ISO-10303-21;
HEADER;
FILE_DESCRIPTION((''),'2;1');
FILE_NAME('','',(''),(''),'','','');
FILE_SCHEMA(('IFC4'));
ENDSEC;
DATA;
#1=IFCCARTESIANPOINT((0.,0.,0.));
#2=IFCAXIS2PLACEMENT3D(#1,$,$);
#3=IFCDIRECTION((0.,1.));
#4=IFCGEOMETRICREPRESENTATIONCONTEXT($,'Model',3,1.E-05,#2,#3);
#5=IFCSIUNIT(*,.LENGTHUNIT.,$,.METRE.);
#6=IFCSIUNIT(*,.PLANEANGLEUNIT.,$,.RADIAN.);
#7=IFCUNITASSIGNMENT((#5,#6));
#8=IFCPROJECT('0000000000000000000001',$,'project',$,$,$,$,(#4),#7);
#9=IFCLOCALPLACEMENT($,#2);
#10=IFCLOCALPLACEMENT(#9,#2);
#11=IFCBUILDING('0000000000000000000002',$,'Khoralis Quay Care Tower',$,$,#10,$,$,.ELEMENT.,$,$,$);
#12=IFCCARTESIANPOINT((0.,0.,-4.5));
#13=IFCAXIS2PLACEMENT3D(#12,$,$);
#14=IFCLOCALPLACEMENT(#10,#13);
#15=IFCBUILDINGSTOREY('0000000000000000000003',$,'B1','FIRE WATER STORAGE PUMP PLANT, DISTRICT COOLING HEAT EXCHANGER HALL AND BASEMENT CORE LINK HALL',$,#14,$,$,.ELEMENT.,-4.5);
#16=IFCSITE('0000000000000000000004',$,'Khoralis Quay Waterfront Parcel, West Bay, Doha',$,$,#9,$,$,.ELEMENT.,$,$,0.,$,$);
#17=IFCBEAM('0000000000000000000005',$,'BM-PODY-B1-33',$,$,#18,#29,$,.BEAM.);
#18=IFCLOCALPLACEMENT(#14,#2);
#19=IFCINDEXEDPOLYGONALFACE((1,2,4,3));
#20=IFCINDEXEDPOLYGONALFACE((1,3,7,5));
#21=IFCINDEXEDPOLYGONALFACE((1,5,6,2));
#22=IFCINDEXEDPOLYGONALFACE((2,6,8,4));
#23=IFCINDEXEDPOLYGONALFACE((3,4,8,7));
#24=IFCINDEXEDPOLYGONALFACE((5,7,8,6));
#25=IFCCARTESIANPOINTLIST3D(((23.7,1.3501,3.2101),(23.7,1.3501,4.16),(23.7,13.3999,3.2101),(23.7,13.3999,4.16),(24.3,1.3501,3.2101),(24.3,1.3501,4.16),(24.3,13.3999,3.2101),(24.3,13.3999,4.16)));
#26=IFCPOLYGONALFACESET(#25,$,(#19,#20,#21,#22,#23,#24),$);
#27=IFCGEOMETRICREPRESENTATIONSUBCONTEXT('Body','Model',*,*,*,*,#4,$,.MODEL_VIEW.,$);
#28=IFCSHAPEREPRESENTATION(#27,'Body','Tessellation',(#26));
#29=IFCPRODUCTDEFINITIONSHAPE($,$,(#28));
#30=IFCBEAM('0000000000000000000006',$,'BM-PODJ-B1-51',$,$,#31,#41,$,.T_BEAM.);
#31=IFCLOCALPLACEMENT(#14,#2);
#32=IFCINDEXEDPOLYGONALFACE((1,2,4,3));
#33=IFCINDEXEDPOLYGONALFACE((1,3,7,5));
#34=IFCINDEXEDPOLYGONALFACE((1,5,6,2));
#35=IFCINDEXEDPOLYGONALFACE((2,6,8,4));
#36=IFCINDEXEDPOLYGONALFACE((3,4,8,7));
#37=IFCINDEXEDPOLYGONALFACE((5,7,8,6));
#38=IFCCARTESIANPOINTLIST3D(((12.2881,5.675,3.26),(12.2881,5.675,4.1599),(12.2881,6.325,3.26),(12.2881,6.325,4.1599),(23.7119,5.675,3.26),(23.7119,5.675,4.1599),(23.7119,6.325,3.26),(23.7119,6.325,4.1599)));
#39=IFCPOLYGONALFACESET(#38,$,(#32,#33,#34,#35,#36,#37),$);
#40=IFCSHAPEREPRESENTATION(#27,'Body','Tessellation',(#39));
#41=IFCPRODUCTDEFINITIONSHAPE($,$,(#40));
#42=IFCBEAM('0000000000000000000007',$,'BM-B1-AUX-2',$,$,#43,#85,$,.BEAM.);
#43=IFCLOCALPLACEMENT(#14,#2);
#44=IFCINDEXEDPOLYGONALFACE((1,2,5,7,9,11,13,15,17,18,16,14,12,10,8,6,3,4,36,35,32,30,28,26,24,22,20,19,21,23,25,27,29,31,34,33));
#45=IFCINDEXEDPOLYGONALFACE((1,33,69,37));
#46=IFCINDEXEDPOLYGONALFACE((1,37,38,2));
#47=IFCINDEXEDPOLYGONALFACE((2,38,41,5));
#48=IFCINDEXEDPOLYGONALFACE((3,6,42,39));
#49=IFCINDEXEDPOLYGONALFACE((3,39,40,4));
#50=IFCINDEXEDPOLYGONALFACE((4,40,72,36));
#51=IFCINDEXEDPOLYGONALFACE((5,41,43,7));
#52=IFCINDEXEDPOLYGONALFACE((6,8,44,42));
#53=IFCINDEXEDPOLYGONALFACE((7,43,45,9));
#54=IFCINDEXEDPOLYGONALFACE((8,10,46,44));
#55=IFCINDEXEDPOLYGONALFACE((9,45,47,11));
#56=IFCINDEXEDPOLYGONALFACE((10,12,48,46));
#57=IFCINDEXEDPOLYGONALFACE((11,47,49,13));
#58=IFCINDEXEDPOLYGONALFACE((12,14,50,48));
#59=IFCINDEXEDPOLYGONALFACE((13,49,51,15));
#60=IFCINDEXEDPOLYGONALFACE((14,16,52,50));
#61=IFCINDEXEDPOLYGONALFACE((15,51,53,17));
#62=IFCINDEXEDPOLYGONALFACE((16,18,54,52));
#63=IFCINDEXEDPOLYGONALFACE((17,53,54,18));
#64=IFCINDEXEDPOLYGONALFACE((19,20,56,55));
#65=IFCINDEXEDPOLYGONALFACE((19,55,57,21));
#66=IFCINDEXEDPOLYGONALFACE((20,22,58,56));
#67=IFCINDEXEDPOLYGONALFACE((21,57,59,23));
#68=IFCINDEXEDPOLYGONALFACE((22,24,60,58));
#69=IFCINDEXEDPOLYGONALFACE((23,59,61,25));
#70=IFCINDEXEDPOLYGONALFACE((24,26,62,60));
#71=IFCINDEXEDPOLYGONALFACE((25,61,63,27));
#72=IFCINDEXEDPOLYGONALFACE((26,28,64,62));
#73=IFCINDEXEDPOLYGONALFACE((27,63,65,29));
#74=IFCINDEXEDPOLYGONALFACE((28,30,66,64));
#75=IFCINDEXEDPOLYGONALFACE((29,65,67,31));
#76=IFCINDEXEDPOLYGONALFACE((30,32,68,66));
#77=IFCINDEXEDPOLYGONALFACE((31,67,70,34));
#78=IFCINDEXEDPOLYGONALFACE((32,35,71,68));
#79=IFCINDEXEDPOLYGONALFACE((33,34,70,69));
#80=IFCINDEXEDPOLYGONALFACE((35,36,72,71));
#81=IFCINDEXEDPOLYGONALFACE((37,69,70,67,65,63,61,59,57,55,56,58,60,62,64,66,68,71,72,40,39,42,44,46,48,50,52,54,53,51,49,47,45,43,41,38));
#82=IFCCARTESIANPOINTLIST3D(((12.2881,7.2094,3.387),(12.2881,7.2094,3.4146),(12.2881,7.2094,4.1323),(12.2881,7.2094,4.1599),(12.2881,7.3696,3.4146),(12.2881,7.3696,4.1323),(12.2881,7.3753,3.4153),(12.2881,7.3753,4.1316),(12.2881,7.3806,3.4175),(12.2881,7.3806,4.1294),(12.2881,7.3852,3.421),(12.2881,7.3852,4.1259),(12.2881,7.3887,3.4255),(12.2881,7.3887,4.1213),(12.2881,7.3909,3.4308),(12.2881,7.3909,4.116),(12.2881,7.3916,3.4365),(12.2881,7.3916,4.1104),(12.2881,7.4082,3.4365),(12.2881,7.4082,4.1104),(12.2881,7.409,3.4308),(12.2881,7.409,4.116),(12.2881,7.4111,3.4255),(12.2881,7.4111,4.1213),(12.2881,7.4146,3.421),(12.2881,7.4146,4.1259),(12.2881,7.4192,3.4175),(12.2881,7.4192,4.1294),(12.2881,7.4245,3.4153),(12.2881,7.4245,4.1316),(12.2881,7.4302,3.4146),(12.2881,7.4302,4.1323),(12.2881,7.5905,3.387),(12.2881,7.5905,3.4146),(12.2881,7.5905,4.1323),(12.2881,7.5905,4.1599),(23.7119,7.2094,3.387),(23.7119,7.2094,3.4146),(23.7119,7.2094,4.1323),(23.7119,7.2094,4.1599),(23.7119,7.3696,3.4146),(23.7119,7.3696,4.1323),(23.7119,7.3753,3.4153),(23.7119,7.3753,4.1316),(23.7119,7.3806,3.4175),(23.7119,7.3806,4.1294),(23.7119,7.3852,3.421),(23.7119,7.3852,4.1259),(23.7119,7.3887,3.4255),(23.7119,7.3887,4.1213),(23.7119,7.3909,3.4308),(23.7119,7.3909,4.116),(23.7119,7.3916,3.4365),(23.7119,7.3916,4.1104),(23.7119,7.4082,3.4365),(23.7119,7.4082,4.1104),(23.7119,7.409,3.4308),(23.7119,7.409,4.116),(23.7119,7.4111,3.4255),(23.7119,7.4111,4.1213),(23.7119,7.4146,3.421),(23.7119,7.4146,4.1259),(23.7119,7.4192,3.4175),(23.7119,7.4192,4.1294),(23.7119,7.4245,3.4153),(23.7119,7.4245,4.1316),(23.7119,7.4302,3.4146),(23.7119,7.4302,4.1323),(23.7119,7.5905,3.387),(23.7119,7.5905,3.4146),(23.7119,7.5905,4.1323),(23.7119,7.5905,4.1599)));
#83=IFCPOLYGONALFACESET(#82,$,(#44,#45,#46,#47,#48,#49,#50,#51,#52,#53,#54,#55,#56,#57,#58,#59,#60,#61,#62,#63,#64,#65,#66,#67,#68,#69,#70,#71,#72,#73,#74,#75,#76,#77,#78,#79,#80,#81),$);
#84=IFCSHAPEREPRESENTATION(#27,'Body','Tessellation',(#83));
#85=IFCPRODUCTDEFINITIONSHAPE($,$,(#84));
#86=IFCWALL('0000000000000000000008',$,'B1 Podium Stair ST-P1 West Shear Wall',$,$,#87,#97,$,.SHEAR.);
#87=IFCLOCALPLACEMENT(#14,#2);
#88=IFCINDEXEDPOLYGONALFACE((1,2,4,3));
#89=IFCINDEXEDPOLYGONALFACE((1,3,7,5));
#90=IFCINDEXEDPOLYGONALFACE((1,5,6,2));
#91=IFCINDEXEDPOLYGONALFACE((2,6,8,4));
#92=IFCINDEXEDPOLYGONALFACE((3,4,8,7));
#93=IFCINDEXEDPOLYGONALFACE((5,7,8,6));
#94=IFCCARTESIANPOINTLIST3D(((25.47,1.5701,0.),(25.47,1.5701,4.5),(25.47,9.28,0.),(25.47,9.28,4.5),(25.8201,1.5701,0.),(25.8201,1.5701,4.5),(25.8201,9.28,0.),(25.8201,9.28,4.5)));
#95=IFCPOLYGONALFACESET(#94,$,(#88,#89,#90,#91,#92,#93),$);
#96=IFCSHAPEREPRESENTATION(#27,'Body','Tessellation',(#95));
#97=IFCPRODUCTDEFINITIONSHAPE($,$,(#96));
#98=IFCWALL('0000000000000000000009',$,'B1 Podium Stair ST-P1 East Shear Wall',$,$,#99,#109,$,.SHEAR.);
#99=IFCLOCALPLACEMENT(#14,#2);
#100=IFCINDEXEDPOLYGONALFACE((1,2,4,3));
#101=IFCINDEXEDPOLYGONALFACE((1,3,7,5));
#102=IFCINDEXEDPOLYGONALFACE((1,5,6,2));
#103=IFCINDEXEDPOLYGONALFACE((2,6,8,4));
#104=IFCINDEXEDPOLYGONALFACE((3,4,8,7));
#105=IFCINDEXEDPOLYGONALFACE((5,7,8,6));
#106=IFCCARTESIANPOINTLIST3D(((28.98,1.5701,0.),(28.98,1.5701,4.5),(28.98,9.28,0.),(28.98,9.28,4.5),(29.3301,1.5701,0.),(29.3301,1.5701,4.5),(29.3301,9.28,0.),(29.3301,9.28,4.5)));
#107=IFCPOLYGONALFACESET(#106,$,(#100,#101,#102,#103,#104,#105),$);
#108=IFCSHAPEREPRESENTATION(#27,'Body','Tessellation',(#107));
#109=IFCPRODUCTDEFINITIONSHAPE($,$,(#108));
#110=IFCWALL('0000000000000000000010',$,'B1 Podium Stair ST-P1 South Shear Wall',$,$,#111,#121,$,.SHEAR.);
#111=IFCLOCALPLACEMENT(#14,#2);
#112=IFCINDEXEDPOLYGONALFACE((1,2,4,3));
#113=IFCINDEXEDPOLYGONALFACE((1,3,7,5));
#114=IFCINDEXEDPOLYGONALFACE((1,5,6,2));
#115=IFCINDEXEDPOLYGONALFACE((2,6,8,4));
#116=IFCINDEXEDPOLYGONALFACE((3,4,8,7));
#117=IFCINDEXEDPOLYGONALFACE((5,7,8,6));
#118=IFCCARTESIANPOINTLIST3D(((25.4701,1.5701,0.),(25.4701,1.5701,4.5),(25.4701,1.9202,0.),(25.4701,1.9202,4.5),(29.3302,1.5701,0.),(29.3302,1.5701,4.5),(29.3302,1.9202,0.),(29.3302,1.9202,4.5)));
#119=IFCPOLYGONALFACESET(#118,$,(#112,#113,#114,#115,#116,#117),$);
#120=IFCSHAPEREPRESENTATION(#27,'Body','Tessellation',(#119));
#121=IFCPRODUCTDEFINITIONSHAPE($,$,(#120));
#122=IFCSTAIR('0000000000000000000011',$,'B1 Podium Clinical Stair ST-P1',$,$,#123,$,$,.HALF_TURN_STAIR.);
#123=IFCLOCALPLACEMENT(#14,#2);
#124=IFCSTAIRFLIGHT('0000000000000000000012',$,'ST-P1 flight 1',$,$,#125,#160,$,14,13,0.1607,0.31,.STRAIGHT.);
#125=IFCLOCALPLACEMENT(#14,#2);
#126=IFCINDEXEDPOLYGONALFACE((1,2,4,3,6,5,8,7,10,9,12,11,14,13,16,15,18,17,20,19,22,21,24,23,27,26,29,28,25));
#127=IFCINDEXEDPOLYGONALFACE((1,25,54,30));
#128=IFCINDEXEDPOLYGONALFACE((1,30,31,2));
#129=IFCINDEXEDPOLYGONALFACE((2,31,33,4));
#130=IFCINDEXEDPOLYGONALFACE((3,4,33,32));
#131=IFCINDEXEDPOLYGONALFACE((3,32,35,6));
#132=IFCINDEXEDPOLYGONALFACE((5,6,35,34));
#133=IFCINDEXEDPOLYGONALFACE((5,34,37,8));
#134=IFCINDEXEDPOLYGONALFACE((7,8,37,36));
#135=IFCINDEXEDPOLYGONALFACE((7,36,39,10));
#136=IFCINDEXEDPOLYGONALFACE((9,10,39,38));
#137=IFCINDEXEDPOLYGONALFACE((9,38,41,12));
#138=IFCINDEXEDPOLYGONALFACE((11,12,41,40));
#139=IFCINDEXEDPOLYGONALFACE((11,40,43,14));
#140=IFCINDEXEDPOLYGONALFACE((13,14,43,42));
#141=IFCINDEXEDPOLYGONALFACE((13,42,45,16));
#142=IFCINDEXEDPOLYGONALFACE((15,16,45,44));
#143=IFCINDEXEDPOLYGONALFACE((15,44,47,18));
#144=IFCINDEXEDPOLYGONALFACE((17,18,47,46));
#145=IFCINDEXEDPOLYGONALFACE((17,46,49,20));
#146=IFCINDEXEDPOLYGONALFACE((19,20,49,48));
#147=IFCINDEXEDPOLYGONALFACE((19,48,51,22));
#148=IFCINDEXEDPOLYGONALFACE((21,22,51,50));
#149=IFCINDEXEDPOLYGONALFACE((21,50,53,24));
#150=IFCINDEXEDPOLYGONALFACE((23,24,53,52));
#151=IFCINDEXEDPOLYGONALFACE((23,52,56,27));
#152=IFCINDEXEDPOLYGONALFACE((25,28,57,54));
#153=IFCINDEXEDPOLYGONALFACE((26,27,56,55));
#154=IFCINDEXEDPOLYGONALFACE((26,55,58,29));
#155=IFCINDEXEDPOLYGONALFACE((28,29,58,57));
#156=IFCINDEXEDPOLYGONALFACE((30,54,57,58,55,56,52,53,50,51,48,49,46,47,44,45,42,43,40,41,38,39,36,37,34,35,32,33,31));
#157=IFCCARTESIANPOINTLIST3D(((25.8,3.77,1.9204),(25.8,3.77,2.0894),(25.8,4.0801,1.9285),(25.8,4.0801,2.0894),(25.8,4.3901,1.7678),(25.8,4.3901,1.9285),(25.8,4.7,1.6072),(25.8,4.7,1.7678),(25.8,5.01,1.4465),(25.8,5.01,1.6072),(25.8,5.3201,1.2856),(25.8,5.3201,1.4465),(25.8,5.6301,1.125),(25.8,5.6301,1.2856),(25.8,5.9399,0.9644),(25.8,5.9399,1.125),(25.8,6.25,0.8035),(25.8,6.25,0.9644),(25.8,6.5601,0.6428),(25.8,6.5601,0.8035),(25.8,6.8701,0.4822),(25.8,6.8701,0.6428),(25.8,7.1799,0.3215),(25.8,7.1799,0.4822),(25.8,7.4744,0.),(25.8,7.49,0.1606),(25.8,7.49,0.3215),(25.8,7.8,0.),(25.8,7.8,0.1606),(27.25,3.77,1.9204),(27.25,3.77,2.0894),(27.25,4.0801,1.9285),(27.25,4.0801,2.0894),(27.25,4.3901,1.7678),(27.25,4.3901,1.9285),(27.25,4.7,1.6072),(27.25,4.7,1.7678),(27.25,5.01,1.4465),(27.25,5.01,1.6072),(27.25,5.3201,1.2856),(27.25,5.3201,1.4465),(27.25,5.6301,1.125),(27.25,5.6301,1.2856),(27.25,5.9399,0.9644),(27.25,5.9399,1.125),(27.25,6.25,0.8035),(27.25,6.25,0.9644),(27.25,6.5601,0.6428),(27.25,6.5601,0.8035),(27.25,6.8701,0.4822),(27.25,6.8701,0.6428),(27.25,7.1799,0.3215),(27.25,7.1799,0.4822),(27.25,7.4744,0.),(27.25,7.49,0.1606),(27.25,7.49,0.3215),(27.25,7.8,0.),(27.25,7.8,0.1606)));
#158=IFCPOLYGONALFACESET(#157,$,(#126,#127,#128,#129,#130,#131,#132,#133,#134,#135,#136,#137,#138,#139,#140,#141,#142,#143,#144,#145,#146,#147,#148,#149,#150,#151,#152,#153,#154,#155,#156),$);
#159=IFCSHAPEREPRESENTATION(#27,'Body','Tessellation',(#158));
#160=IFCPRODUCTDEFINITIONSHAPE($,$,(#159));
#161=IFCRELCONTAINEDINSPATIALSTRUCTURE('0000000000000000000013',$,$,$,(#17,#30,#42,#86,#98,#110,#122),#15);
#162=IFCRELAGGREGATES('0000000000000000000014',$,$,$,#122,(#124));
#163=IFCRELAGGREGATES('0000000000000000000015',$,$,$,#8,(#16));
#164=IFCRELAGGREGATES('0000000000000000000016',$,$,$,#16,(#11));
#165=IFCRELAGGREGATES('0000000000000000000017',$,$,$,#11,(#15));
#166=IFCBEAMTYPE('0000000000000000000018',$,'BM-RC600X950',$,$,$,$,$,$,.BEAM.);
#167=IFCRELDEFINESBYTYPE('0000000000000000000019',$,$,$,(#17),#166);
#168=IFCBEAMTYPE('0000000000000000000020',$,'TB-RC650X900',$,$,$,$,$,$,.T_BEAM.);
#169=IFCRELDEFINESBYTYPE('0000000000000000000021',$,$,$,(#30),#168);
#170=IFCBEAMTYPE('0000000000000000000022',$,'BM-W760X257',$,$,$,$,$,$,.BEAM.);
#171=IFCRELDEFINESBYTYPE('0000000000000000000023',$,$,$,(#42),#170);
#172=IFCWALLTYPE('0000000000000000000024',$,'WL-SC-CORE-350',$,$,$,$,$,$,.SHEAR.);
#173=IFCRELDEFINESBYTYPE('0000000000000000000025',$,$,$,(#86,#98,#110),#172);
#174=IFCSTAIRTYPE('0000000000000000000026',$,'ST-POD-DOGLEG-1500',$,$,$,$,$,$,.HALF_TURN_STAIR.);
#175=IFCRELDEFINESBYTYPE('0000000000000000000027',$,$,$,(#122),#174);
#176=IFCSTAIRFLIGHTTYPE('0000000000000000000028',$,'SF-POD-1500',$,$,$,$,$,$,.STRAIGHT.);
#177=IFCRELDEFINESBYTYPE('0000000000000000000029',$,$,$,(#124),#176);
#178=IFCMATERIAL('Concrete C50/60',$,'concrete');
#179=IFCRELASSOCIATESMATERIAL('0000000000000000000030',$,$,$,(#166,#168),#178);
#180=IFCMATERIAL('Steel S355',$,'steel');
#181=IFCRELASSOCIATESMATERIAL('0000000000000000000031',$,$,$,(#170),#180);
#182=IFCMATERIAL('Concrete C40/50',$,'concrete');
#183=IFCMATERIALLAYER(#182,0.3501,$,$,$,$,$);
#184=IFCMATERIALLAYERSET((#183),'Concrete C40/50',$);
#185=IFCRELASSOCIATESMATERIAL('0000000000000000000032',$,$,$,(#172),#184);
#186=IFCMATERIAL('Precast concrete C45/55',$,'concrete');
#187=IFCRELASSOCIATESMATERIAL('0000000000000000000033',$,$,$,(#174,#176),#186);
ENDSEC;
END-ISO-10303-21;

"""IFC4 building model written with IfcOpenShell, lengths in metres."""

from ifc_helpers import new_model, si_unit, direction, frame, frame_2d, origin, origin_2d, place, context, subcontext, project, spatial, polyline, rectangle, i_section, outline, extrude, source, transform, mapped, material, layer, layer_set, material_profile, profile_set, type_object, element, aggregate, save


model = new_model("IFC4")

# Units and contexts
model_context = context("Model", 3, precision=1e-05, world=origin(), true_north=direction((0.0, 1.0)))
body_context = subcontext(model_context, "Body", "Model", "MODEL_VIEW")
ifc_project = project(units=[si_unit("LENGTHUNIT", "METRE"), si_unit("PLANEANGLEUNIT", "RADIAN")], contexts=[model_context])

# Site, building, storey
site_placement = place(None, origin())
site = spatial("IfcSite", under=ifc_project, at=site_placement, Name="Khoralis Quay Waterfront Parcel, West Bay, Doha", CompositionType="ELEMENT", RefElevation=0.0)
building_placement = place(site_placement, origin())
building = spatial("IfcBuilding", under=site, at=building_placement, Name="Khoralis Quay Care Tower", CompositionType="ELEMENT")
storey_placement = place(building_placement, frame((0.0, 0.0, -4.5)))
storey = spatial("IfcBuildingStorey", under=building, at=storey_placement, Name="B1", Description="FIRE WATER STORAGE PUMP PLANT, DISTRICT COOLING HEAT EXCHANGER HALL AND BASEMENT CORE LINK HALL", CompositionType="ELEMENT", Elevation=-4.5)

# Shared definitions
ifc_material_1 = material(Name="Concrete C50/60", Category="concrete")

# Beams
ifc_material_profile_1 = material_profile(ifc_material_1, rectangle(XDim=0.6001, YDim=0.95, at=origin_2d()), Name="Concrete C50/60")
ifc_profile_set_1 = profile_set([ifc_material_profile_1], Name="Concrete C50/60")
beam_type_1 = type_object("IfcBeamType", Name="BM-RC600X950", PredefinedType="BEAM", material=ifc_profile_set_1)
shared_shape_1 = source(origin(), body_context, "Body", "SweptSolid", [
    extrude(rectangle(XDim=0.6001, YDim=0.95, at=origin_2d()), origin(), (0.0, 0.0, 1.0), 12.0498),
])
beam_1_placement = place(storey_placement, frame((24.0, 1.3501, 3.6851), z_axis=(0.0, 1.0, 0.0), x_axis=(-1.0, 0.0, 0.0)))
element("IfcBeam", 1, at=beam_1_placement, inside=storey, type_object=beam_type_1, Name="BM-PODY-B1-33", PredefinedType="BEAM", context=body_context, shape_type="MappedRepresentation", body=[
    mapped(shared_shape_1, transform((0.0, 0.0, 0.0), scale=1.0)),
])
ifc_material_profile_2 = material_profile(ifc_material_1, rectangle(XDim=0.6499, YDim=0.8999, at=origin_2d()), Name="Concrete C50/60")
ifc_profile_set_2 = profile_set([ifc_material_profile_2], Name="Concrete C50/60")
beam_type_2 = type_object("IfcBeamType", Name="TB-RC650X900", PredefinedType="T_BEAM", material=ifc_profile_set_2)
shared_shape_2 = source(origin(), body_context, "Body", "SweptSolid", [
    extrude(rectangle(XDim=0.6499, YDim=0.8999, at=origin_2d()), origin(), (0.0, 0.0, 1.0), 11.4238),
])
beam_2_placement = place(storey_placement, frame((12.2881, 6.0, 3.71), z_axis=(1.0, 0.0, 0.0), x_axis=(0.0, 1.0, 0.0)))
element("IfcBeam", 2, at=beam_2_placement, inside=storey, type_object=beam_type_2, Name="BM-PODJ-B1-51", PredefinedType="T_BEAM", context=body_context, shape_type="MappedRepresentation", body=[
    mapped(shared_shape_2, transform((0.0, 0.0, 0.0), scale=1.0)),
])
ifc_material_2 = material(Name="Steel S355", Category="steel")
ifc_material_profile_3 = material_profile(ifc_material_2, i_section(OverallWidth=0.3811, OverallDepth=0.7729, WebThickness=0.0166, FlangeThickness=0.0276, FilletRadius=0.022, at=origin_2d()), Name="Steel S355")
ifc_profile_set_3 = profile_set([ifc_material_profile_3], Name="Steel S355")
beam_type_3 = type_object("IfcBeamType", Name="BM-W760X257", PredefinedType="BEAM", material=ifc_profile_set_3)
shared_shape_3 = source(origin(), body_context, "Body", "SweptSolid", [
    extrude(i_section(OverallWidth=0.3811, OverallDepth=0.7729, WebThickness=0.0166, FlangeThickness=0.0276, FilletRadius=0.022, at=origin_2d()), origin(), (0.0, 0.0, 1.0), 11.4238),
])
beam_3_placement = place(storey_placement, frame((12.2881, 7.3999, 3.7734), z_axis=(1.0, 0.0, 0.0), x_axis=(0.0, 1.0, 0.0)))
element("IfcBeam", 3, at=beam_3_placement, inside=storey, type_object=beam_type_3, Name="BM-B1-AUX-2", PredefinedType="BEAM", context=body_context, shape_type="MappedRepresentation", body=[
    mapped(shared_shape_3, transform((0.0, 0.0, 0.0), scale=1.0)),
])

# Walls
ifc_material_3 = material(Name="Concrete C40/50", Category="concrete")
ifc_layer = layer(ifc_material_3, 0.3501)
ifc_layer_set = layer_set([ifc_layer], Name="Concrete C40/50")
wall_type = type_object("IfcWallType", Name="WL-SC-CORE-350", PredefinedType="SHEAR", material=ifc_layer_set)
for number, where, z_axis, x_axis, name in (
    (4, (25.645, 1.5701, 0.0), (0.0, 0.0, 1.0), (0.0, 1.0, 0.0), "B1 Podium Stair ST-P1 West Shear Wall"),
    (5, (29.155, 1.5701, 0.0), (0.0, 0.0, 1.0), (0.0, 1.0, 0.0), "B1 Podium Stair ST-P1 East Shear Wall"),
):
    element("IfcWall", number, at=place(storey_placement, frame(where, z_axis=z_axis, x_axis=x_axis)), inside=storey, type_object=wall_type, Name=name, PredefinedType="SHEAR", context=body_context, shape_type="SweptSolid", body=[
        extrude(rectangle(XDim=7.71, YDim=0.3501, at=frame_2d((3.855, 0.0))), origin(), (0.0, 0.0, 1.0), 4.5),
    ])
wall_placement = place(storey_placement, frame((25.47, 1.7451, 0.0), z_axis=(0.0, 0.0, 1.0), x_axis=(1.0, 0.0, 0.0)))
element("IfcWall", 6, at=wall_placement, inside=storey, type_object=wall_type, Name="B1 Podium Stair ST-P1 South Shear Wall", PredefinedType="SHEAR", context=body_context, shape_type="SweptSolid", body=[
    extrude(rectangle(XDim=3.8601, YDim=0.3501, at=frame_2d((1.9302, 0.0))), origin(), (0.0, 0.0, 1.0), 4.5),
])

# Stair, stair flight
ifc_material_4 = material(Name="Precast concrete C45/55", Category="concrete")
stair_type = type_object("IfcStairType", Name="ST-POD-DOGLEG-1500", PredefinedType="HALF_TURN_STAIR", material=ifc_material_4)
stair_placement = place(storey_placement, origin())
stair = element("IfcStair", 7, at=stair_placement, inside=storey, type_object=stair_type, Name="B1 Podium Clinical Stair ST-P1", PredefinedType="HALF_TURN_STAIR")
stair_flight_type = type_object("IfcStairFlightType", Name="SF-POD-1500", PredefinedType="STRAIGHT", material=ifc_material_4)
shared_shape_4 = source(origin(), body_context, "Body", "SweptSolid", [
    extrude(outline(polyline([(0.0, 0.0), (0.0, 0.1606), (0.3101, 0.1606), (0.3101, 0.3215), (0.6201, 0.3215), (0.6201, 0.4822), (0.9299, 0.4822), (0.9299, 0.6428), (1.24, 0.6428), (1.24, 0.8035), (1.55, 0.8035), (1.55, 0.9644), (1.8601, 0.9644), (1.8601, 1.125), (2.1699, 1.125), (2.1699, 1.2856), (2.48, 1.2856), (2.48, 1.4465), (2.79, 1.4465), (2.79, 1.6072), (3.1001, 1.6072), (3.1001, 1.7678), (3.4099, 1.7678), (3.4099, 1.9285), (3.72, 1.9285), (3.72, 2.0894), (4.03, 2.0894), (4.03, 2.25), (4.03, 1.9204), (0.3257, 0.0), (0.0, 0.0)])), frame((0.0, 0.7251, 0.0), z_axis=(0.0, -1.0, 0.0), x_axis=(1.0, 0.0, 0.0)), (0.0, 0.0, 1.0), 1.45),
])
stair_flight_1_placement = place(storey_placement, frame((26.5249, 7.8, 0.0), z_axis=(0.0, 0.0, 1.0), x_axis=(0.0, -1.0, 0.0)))
stair_flight_1 = element("IfcStairFlight", 8, at=stair_flight_1_placement, type_object=stair_flight_type, Name="ST-P1 flight 1", NumberOfRisers=14, NumberOfTreads=13, PredefinedType="STRAIGHT", RiserHeight=0.1607, TreadLength=0.31, context=body_context, shape_type="MappedRepresentation", body=[
    mapped(shared_shape_4, transform((0.0, 0.0, 0.0), scale=1.0)),
])
aggregate(stair, [stair_flight_1])

save(model, "model.ifc")
